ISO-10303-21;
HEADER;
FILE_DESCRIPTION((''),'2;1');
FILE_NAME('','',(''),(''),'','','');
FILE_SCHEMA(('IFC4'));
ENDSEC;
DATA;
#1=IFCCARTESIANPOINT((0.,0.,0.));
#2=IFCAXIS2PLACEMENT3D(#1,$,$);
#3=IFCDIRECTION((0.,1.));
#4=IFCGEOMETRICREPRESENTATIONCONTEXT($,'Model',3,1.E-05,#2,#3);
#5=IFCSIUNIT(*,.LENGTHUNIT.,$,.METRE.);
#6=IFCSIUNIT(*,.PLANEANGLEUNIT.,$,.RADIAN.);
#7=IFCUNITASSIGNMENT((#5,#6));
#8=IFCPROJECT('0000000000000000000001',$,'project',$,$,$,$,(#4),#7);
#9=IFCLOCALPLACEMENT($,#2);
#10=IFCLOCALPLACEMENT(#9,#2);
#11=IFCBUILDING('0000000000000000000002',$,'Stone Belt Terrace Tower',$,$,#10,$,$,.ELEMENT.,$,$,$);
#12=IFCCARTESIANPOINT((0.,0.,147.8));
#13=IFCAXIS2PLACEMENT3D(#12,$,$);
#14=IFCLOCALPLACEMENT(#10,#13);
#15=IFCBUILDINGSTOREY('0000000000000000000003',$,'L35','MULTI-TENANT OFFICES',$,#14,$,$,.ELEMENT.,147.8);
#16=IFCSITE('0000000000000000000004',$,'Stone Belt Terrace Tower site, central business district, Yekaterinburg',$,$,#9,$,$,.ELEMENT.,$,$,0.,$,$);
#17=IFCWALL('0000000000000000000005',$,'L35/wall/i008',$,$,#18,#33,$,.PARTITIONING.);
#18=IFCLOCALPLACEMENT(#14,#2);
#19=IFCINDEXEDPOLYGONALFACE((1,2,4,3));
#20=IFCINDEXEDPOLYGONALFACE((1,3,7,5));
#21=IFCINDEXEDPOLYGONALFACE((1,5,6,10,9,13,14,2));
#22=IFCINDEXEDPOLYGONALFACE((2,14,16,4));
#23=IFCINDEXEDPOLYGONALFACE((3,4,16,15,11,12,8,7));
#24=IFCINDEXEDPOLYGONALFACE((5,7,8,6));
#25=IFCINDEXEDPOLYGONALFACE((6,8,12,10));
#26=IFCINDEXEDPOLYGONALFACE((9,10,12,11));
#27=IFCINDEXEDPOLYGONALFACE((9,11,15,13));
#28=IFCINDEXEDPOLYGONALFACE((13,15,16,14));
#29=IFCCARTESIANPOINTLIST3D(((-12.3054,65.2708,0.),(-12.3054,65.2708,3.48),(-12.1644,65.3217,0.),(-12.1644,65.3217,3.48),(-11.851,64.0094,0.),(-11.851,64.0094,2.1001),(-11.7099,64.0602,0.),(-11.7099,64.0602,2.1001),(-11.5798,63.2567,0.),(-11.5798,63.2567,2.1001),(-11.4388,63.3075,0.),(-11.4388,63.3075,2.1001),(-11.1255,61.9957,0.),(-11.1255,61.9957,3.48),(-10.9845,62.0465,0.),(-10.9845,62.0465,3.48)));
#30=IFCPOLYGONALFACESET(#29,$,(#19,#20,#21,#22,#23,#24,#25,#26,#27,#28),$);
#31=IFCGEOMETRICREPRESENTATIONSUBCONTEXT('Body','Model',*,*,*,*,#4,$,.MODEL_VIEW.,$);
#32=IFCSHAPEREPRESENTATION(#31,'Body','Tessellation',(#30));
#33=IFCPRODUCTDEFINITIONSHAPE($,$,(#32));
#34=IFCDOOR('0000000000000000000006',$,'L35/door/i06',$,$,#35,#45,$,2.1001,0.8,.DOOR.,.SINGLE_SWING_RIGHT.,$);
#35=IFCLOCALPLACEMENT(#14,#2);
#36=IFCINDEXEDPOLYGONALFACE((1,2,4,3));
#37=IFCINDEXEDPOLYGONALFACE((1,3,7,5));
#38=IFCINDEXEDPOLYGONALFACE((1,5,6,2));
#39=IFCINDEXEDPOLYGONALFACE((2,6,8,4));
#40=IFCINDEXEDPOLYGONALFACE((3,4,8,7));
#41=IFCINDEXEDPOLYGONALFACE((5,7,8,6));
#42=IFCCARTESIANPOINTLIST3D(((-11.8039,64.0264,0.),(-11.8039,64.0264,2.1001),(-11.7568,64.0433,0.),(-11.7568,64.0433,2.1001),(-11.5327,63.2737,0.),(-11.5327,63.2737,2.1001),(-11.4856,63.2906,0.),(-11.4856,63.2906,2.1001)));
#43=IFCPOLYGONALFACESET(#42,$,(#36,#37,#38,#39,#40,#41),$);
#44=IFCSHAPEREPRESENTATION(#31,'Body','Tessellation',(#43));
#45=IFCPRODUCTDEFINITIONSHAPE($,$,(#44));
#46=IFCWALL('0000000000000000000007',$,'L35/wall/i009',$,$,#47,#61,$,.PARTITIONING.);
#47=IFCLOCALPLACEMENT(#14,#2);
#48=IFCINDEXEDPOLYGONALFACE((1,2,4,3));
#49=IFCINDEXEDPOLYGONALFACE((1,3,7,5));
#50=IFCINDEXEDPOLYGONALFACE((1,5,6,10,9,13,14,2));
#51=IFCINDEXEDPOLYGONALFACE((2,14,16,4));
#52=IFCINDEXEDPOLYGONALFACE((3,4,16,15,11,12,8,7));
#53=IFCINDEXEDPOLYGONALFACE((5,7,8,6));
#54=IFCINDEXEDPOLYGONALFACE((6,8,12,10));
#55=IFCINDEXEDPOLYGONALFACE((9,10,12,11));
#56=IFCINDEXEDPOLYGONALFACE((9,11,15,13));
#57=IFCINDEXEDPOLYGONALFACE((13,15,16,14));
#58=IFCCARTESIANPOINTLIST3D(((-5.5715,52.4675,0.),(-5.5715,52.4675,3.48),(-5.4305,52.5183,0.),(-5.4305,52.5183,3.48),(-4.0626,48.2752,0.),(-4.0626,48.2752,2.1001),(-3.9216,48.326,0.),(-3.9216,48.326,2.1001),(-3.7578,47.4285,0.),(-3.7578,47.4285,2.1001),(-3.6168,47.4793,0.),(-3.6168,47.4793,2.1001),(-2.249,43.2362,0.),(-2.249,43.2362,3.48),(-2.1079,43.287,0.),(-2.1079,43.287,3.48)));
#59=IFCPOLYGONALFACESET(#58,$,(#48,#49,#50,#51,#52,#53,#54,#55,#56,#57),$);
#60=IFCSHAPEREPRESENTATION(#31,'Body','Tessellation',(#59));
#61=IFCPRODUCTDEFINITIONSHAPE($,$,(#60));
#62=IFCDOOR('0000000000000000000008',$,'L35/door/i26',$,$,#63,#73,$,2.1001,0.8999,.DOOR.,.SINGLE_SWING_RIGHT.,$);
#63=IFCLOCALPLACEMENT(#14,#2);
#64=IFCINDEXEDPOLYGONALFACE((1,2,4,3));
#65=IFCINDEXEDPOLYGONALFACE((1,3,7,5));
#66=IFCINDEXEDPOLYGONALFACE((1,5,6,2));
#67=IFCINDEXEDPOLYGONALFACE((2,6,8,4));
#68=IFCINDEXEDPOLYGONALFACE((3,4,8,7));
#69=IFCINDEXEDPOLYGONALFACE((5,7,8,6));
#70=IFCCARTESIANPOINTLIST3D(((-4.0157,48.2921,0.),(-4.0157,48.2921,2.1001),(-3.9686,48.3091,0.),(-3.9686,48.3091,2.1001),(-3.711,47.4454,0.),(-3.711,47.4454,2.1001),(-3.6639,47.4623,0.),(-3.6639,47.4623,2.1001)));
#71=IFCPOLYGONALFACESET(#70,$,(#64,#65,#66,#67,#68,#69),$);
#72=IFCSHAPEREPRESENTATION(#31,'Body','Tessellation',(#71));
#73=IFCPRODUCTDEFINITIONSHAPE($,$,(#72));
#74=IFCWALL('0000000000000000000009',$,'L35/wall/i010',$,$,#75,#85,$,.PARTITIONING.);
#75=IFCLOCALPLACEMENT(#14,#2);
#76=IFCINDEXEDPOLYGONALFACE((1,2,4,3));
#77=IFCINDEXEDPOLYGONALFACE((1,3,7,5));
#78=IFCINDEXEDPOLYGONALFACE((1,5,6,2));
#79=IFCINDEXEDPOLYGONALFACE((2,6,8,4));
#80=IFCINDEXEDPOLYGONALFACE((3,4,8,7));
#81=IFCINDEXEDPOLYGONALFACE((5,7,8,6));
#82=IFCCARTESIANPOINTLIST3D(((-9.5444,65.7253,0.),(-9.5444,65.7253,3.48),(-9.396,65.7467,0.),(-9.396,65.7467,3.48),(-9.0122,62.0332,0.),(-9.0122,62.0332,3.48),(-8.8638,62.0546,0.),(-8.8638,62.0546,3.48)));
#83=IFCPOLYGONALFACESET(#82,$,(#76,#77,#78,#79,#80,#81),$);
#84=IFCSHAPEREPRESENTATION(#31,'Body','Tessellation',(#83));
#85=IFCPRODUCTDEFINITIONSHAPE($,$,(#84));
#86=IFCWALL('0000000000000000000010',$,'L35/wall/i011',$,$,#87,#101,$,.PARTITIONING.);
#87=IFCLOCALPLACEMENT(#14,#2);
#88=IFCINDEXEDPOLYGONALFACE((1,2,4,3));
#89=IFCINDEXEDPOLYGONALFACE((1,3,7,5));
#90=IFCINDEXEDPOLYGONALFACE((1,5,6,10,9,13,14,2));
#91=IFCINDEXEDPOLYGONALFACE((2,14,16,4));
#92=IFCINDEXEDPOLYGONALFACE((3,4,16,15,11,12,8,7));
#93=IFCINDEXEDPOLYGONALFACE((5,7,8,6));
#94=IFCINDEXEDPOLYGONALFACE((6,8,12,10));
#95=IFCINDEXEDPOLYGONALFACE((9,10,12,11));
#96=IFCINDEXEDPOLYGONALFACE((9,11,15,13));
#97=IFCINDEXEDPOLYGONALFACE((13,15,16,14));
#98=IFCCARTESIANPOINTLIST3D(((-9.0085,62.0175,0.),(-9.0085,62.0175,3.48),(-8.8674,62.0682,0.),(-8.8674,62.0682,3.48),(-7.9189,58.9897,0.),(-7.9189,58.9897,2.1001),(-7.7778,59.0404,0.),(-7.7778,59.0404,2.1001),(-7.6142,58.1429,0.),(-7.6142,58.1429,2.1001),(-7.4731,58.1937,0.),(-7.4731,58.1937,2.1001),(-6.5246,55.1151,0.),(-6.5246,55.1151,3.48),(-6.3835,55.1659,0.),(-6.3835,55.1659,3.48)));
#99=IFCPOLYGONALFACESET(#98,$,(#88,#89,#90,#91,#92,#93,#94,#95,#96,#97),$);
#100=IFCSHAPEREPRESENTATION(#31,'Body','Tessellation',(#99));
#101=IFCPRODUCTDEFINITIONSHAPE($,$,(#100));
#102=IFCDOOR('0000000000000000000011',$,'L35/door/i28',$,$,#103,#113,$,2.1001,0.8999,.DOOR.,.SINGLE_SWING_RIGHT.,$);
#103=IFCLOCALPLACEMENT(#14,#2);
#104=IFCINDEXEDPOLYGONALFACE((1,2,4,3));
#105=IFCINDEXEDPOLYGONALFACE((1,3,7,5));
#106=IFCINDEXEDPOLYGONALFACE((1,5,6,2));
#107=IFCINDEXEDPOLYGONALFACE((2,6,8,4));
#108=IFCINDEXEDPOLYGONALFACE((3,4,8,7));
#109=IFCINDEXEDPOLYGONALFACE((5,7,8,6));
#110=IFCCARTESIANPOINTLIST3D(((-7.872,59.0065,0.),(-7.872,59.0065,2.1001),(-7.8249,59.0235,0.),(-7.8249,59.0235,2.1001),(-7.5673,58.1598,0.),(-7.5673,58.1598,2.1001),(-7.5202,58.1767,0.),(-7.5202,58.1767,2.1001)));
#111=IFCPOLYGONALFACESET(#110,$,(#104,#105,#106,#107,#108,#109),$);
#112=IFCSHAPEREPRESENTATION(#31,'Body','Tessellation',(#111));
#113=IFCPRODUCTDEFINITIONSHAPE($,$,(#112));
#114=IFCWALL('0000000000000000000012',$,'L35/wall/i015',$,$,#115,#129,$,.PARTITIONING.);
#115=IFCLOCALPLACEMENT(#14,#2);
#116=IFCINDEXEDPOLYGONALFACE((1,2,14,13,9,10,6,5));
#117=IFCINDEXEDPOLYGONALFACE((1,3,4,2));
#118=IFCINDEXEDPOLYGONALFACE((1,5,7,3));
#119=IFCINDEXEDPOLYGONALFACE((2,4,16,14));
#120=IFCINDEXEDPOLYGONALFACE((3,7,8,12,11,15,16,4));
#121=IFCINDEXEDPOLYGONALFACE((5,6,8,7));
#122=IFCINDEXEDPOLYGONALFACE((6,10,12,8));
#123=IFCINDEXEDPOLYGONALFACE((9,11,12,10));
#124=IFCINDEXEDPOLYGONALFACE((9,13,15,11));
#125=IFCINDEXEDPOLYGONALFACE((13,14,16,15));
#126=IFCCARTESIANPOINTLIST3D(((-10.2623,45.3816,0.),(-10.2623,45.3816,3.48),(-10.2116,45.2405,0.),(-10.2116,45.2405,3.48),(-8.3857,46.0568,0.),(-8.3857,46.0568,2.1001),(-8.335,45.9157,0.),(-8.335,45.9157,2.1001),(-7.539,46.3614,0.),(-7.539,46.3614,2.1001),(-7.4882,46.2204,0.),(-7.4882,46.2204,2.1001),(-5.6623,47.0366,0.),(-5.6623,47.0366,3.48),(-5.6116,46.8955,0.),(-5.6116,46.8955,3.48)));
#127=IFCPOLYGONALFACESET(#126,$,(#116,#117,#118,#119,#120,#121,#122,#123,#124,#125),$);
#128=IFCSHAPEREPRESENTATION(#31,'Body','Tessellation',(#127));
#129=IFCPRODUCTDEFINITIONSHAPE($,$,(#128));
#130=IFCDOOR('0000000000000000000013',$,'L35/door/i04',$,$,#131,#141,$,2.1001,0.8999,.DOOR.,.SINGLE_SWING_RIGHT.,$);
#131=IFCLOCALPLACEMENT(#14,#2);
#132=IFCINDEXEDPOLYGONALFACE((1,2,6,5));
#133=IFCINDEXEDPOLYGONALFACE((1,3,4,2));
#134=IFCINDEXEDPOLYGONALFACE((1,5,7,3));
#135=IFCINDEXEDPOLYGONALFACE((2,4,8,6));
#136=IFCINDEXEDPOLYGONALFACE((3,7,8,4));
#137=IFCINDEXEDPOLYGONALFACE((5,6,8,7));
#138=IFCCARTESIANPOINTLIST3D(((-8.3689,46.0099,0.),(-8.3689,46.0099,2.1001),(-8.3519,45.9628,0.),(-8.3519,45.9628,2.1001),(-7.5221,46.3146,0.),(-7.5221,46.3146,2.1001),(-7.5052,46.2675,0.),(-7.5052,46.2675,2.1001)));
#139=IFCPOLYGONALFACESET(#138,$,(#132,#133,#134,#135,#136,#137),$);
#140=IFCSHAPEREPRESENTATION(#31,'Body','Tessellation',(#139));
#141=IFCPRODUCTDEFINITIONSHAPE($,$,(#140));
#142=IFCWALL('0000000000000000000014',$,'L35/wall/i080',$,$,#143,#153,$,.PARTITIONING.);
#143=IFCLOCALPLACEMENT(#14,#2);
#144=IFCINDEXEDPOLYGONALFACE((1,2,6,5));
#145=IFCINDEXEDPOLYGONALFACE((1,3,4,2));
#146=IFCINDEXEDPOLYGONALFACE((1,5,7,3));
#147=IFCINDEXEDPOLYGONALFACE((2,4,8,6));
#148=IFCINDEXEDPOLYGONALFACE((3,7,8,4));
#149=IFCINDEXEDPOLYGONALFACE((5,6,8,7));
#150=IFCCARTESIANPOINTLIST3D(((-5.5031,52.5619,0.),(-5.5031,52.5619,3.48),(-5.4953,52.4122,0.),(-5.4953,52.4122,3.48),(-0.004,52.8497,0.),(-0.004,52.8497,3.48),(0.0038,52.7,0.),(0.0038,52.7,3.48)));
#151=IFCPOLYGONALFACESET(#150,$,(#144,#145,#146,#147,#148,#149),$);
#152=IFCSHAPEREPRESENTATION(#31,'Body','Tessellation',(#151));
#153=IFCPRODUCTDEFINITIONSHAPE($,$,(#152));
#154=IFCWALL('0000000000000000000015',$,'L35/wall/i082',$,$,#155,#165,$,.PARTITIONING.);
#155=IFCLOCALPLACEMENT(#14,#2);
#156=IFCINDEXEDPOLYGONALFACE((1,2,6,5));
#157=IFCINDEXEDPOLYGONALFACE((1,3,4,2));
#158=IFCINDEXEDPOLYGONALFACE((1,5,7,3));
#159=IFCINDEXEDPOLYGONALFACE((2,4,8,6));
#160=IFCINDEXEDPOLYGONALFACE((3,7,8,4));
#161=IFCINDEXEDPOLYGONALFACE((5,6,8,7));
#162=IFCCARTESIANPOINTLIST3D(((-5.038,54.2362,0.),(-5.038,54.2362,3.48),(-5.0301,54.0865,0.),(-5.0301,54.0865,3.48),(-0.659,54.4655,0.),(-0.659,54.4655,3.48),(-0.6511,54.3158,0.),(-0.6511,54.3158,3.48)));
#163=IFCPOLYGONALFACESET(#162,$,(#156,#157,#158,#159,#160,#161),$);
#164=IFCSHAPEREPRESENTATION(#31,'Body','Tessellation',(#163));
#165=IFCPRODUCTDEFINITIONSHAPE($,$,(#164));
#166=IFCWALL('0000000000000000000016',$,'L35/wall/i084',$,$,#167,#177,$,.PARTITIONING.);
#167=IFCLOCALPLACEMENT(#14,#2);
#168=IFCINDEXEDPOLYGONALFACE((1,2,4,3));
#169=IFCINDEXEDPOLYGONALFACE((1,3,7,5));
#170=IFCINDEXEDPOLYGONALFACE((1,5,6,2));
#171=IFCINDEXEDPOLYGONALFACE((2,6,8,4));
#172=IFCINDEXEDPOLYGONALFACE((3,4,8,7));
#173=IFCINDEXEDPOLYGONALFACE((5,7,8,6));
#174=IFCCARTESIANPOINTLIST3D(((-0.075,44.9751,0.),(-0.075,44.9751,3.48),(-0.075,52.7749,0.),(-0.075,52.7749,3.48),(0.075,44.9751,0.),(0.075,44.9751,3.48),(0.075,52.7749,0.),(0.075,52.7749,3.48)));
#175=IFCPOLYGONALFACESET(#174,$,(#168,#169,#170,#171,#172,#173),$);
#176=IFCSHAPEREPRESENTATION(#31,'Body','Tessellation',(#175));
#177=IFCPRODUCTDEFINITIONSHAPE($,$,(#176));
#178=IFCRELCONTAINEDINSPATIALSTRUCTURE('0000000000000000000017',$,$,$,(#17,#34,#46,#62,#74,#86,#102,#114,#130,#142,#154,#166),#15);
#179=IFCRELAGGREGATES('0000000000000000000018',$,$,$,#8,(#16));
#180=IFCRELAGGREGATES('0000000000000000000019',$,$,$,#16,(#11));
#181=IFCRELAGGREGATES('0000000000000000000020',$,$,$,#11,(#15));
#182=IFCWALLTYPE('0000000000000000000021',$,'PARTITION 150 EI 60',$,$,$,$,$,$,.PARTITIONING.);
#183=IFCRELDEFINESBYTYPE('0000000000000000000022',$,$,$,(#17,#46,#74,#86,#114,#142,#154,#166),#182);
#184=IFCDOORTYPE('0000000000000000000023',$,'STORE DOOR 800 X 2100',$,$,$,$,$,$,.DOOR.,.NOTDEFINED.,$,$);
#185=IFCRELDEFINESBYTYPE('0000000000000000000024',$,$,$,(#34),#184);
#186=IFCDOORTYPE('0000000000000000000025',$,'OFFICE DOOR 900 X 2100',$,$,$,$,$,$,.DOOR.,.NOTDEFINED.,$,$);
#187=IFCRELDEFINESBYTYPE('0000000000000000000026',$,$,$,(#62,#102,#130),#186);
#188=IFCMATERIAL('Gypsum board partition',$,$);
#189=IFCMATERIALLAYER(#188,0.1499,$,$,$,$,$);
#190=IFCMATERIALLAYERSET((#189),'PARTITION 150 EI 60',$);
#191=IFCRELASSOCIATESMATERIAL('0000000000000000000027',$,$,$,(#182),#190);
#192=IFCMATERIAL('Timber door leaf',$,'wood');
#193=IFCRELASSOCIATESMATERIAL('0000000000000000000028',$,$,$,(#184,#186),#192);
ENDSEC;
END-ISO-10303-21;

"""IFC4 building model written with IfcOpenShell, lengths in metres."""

from ifc_helpers import new_model, si_unit, direction, frame, frame_2d, origin, place, context, subcontext, project, spatial, rectangle, extrude, material, layer, layer_set, type_object, element, fill, save


model = new_model("IFC4")

# Units and contexts
model_context = context("Model", 3, precision=1e-05, world=origin(), true_north=direction((0.0, 1.0)))
body_context = subcontext(model_context, "Body", "Model", "MODEL_VIEW")
ifc_project = project(units=[si_unit("LENGTHUNIT", "METRE"), si_unit("PLANEANGLEUNIT", "RADIAN")], contexts=[model_context])

# Site, building, storey
site_placement = place(None, origin())
site = spatial("IfcSite", under=ifc_project, at=site_placement, Name="Stone Belt Terrace Tower site, central business district, Yekaterinburg", CompositionType="ELEMENT", RefElevation=0.0)
building_placement = place(site_placement, origin())
building = spatial("IfcBuilding", under=site, at=building_placement, Name="Stone Belt Terrace Tower", CompositionType="ELEMENT")
storey_placement = place(building_placement, frame((0.0, 0.0, 147.8)))
storey = spatial("IfcBuildingStorey", under=building, at=storey_placement, Name="L35", Description="MULTI-TENANT OFFICES", CompositionType="ELEMENT", Elevation=147.8)

# Shared definitions
ifc_material_1 = material(Name="Timber door leaf", Category="wood")

# Walls, openings, doors
ifc_material_2 = material(Name="Gypsum board partition")
ifc_layer_1 = layer(ifc_material_2, 0.1499)
ifc_layer_set_1 = layer_set([ifc_layer_1], Name="PARTITION 150 EI 60")
wall_type_1 = type_object("IfcWallType", Name="PARTITION 150 EI 60", PredefinedType="PARTITIONING", material=ifc_layer_set_1)
wall_1_placement = place(storey_placement, frame((-11.0549, 62.021, 0.0), z_axis=(0.0, 0.0, 1.0), x_axis=(-0.338943, 0.940807, 0.0)))
wall_1 = element("IfcWall", 1, at=wall_1_placement, inside=storey, type_object=wall_type_1, Name="L35/wall/i008", PredefinedType="PARTITIONING", context=body_context, shape_type="SweptSolid", body=[
    extrude(rectangle(XDim=3.4812, YDim=0.1499, at=frame_2d((1.7407, 0.0))), origin(), (0.0, 0.0, 1.0), 3.48),
])
opening_1_placement = place(wall_1_placement, frame((1.3406, 0.0, 0.0)))
opening_1 = element("IfcOpeningElement", 2, at=opening_1_placement, cuts=wall_1, PredefinedType="OPENING", context=body_context, shape_type="SweptSolid", body=[
    extrude(rectangle(XDim=0.8, YDim=2.1001, at=frame_2d((0.3999, 1.05))), frame((0.0, 0.085, 0.0), z_axis=(0.0, -1.0, 0.0), x_axis=(1.0, 0.0, 0.0)), (0.0, 0.0, 1.0), 0.1699),
])
door_type_1 = type_object("IfcDoorType", Name="STORE DOOR 800 X 2100", OperationType="NOTDEFINED", PredefinedType="DOOR", material=ifc_material_1)
door_1_placement = place(opening_1_placement, origin())
door_1 = element("IfcDoor", 3, at=door_1_placement, inside=storey, type_object=door_type_1, Name="L35/door/i06", OperationType="SINGLE_SWING_RIGHT", OverallHeight=2.1001, OverallWidth=0.8, PredefinedType="DOOR", context=body_context, shape_type="SweptSolid", body=[
    extrude(rectangle(XDim=0.8, YDim=2.1001, at=frame_2d((0.3999, 1.05))), frame((0.0, 0.0249, 0.0), z_axis=(0.0, -1.0, 0.0), x_axis=(1.0, 0.0, 0.0)), (0.0, 0.0, 1.0), 0.05),
])
fill(opening_1, door_1)
wall_2_placement = place(storey_placement, frame((-5.501, 52.4929, 0.0), z_axis=(0.0, 0.0, 1.0), x_axis=(0.338654, -0.940911, 0.0)))
wall_2 = element("IfcWall", 4, at=wall_2_placement, inside=storey, type_object=wall_type_1, Name="L35/wall/i009", PredefinedType="PARTITIONING", context=body_context, shape_type="SweptSolid", body=[
    extrude(rectangle(XDim=9.811, YDim=0.1499, at=frame_2d((4.9055, 0.0))), origin(), (0.0, 0.0, 1.0), 3.48),
])
opening_2_placement = place(wall_2_placement, frame((4.4556, 0.0, 0.0)))
opening_2 = element("IfcOpeningElement", 5, at=opening_2_placement, cuts=wall_2, PredefinedType="OPENING", context=body_context, shape_type="SweptSolid", body=[
    extrude(rectangle(XDim=0.8999, YDim=2.1001, at=frame_2d((0.45, 1.05))), frame((0.0, 0.085, 0.0), z_axis=(0.0, -1.0, 0.0), x_axis=(1.0, 0.0, 0.0)), (0.0, 0.0, 1.0), 0.1699),
])
door_type_2 = type_object("IfcDoorType", Name="OFFICE DOOR 900 X 2100", OperationType="NOTDEFINED", PredefinedType="DOOR", material=ifc_material_1)
door_2_placement = place(opening_2_placement, origin())
door_2 = element("IfcDoor", 6, at=door_2_placement, inside=storey, type_object=door_type_2, Name="L35/door/i26", OperationType="SINGLE_SWING_RIGHT", OverallHeight=2.1001, OverallWidth=0.8999, PredefinedType="DOOR", context=body_context, shape_type="SweptSolid", body=[
    extrude(rectangle(XDim=0.8999, YDim=2.1001, at=frame_2d((0.45, 1.05))), frame((0.0, 0.0249, 0.0), z_axis=(0.0, -1.0, 0.0), x_axis=(1.0, 0.0, 0.0)), (0.0, 0.0, 1.0), 0.05),
])
fill(opening_2, door_2)

# Wall
wall_3_placement = place(storey_placement, frame((-9.4702, 65.7361, 0.0), z_axis=(0.0, 0.0, 1.0), x_axis=(0.142677, -0.989769, 0.0)))
element("IfcWall", 7, at=wall_3_placement, inside=storey, type_object=wall_type_1, Name="L35/wall/i010", PredefinedType="PARTITIONING", context=body_context, shape_type="SweptSolid", body=[
    extrude(rectangle(XDim=3.7302, YDim=0.1499, at=frame_2d((1.8652, 0.0))), origin(), (0.0, 0.0, 1.0), 3.48),
])

# Walls, openings, doors
wall_4_placement = place(storey_placement, frame((-8.938, 62.043, 0.0), z_axis=(0.0, 0.0, 1.0), x_axis=(0.338604, -0.940929, 0.0)))
wall_4 = element("IfcWall", 8, at=wall_4_placement, inside=storey, type_object=wall_type_1, Name="L35/wall/i011", PredefinedType="PARTITIONING", context=body_context, shape_type="SweptSolid", body=[
    extrude(rectangle(XDim=7.3357, YDim=0.1499, at=frame_2d((3.668, 0.0))), origin(), (0.0, 0.0, 1.0), 3.48),
])
opening_3_placement = place(wall_4_placement, frame((3.218, 0.0, 0.0)))
opening_3 = element("IfcOpeningElement", 9, at=opening_3_placement, cuts=wall_4, PredefinedType="OPENING", context=body_context, shape_type="SweptSolid", body=[
    extrude(rectangle(XDim=0.8999, YDim=2.1001, at=frame_2d((0.45, 1.05))), frame((0.0, 0.085, 0.0), z_axis=(0.0, -1.0, 0.0), x_axis=(1.0, 0.0, 0.0)), (0.0, 0.0, 1.0), 0.1699),
])
door_3_placement = place(opening_3_placement, origin())
door_3 = element("IfcDoor", 10, at=door_3_placement, inside=storey, type_object=door_type_2, Name="L35/door/i28", OperationType="SINGLE_SWING_RIGHT", OverallHeight=2.1001, OverallWidth=0.8999, PredefinedType="DOOR", context=body_context, shape_type="SweptSolid", body=[
    extrude(rectangle(XDim=0.8999, YDim=2.1001, at=frame_2d((0.45, 1.05))), frame((0.0, 0.0249, 0.0), z_axis=(0.0, -1.0, 0.0), x_axis=(1.0, 0.0, 0.0)), (0.0, 0.0, 1.0), 0.05),
])
fill(opening_3, door_3)
wall_5_placement = place(storey_placement, frame((-5.637, 46.9661, 0.0), z_axis=(0.0, 0.0, 1.0), x_axis=(-0.940953, -0.338537, 0.0)))
wall_5 = element("IfcWall", 11, at=wall_5_placement, inside=storey, type_object=wall_type_1, Name="L35/wall/i015", PredefinedType="PARTITIONING", context=body_context, shape_type="SweptSolid", body=[
    extrude(rectangle(XDim=4.8887, YDim=0.1499, at=frame_2d((2.4443, 0.0))), origin(), (0.0, 0.0, 1.0), 3.48),
])
opening_4_placement = place(wall_5_placement, frame((1.9944, 0.0, 0.0)))
opening_4 = element("IfcOpeningElement", 12, at=opening_4_placement, cuts=wall_5, PredefinedType="OPENING", context=body_context, shape_type="SweptSolid", body=[
    extrude(rectangle(XDim=0.8999, YDim=2.1001, at=frame_2d((0.45, 1.05))), frame((0.0, 0.085, 0.0), z_axis=(0.0, -1.0, 0.0), x_axis=(1.0, 0.0, 0.0)), (0.0, 0.0, 1.0), 0.1699),
])
door_4_placement = place(opening_4_placement, origin())
door_4 = element("IfcDoor", 13, at=door_4_placement, inside=storey, type_object=door_type_2, Name="L35/door/i04", OperationType="SINGLE_SWING_RIGHT", OverallHeight=2.1001, OverallWidth=0.8999, PredefinedType="DOOR", context=body_context, shape_type="SweptSolid", body=[
    extrude(rectangle(XDim=0.8999, YDim=2.1001, at=frame_2d((0.45, 1.05))), frame((0.0, 0.0249, 0.0), z_axis=(0.0, -1.0, 0.0), x_axis=(1.0, 0.0, 0.0)), (0.0, 0.0, 1.0), 0.05),
])
fill(opening_4, door_4)

# Walls
wall_6_placement = place(storey_placement, frame((0.0, 52.7749, 0.0), z_axis=(0.0, 0.0, 1.0), x_axis=(-0.998633, -0.052273, 0.0)))
element("IfcWall", 14, at=wall_6_placement, inside=storey, type_object=wall_type_1, Name="L35/wall/i080", PredefinedType="PARTITIONING", context=body_context, shape_type="SweptSolid", body=[
    extrude(rectangle(XDim=5.5066, YDim=0.1499, at=frame_2d((2.7534, 0.0))), origin(), (0.0, 0.0, 1.0), 3.48),
])
wall_7_placement = place(storey_placement, frame((-5.0339, 54.1614, 0.0), z_axis=(0.0, 0.0, 1.0), x_axis=(0.998632, 0.052281, 0.0)))
element("IfcWall", 15, at=wall_7_placement, inside=storey, type_object=wall_type_1, Name="L35/wall/i082", PredefinedType="PARTITIONING", context=body_context, shape_type="SweptSolid", body=[
    extrude(rectangle(XDim=4.385, YDim=0.1499, at=frame_2d((2.1924, 0.0))), origin(), (0.0, 0.0, 1.0), 3.48),
])
wall_8_placement = place(storey_placement, frame((0.0, 52.7749, 0.0), z_axis=(0.0, 0.0, 1.0), x_axis=(0.0, -1.0, 0.0)))
element("IfcWall", 16, at=wall_8_placement, inside=storey, type_object=wall_type_1, Name="L35/wall/i084", PredefinedType="PARTITIONING", context=body_context, shape_type="SweptSolid", body=[
    extrude(rectangle(XDim=7.7998, YDim=0.1499, at=frame_2d((3.8999, 0.0))), origin(), (0.0, 0.0, 1.0), 3.48),
])

save(model, "model.ifc")
